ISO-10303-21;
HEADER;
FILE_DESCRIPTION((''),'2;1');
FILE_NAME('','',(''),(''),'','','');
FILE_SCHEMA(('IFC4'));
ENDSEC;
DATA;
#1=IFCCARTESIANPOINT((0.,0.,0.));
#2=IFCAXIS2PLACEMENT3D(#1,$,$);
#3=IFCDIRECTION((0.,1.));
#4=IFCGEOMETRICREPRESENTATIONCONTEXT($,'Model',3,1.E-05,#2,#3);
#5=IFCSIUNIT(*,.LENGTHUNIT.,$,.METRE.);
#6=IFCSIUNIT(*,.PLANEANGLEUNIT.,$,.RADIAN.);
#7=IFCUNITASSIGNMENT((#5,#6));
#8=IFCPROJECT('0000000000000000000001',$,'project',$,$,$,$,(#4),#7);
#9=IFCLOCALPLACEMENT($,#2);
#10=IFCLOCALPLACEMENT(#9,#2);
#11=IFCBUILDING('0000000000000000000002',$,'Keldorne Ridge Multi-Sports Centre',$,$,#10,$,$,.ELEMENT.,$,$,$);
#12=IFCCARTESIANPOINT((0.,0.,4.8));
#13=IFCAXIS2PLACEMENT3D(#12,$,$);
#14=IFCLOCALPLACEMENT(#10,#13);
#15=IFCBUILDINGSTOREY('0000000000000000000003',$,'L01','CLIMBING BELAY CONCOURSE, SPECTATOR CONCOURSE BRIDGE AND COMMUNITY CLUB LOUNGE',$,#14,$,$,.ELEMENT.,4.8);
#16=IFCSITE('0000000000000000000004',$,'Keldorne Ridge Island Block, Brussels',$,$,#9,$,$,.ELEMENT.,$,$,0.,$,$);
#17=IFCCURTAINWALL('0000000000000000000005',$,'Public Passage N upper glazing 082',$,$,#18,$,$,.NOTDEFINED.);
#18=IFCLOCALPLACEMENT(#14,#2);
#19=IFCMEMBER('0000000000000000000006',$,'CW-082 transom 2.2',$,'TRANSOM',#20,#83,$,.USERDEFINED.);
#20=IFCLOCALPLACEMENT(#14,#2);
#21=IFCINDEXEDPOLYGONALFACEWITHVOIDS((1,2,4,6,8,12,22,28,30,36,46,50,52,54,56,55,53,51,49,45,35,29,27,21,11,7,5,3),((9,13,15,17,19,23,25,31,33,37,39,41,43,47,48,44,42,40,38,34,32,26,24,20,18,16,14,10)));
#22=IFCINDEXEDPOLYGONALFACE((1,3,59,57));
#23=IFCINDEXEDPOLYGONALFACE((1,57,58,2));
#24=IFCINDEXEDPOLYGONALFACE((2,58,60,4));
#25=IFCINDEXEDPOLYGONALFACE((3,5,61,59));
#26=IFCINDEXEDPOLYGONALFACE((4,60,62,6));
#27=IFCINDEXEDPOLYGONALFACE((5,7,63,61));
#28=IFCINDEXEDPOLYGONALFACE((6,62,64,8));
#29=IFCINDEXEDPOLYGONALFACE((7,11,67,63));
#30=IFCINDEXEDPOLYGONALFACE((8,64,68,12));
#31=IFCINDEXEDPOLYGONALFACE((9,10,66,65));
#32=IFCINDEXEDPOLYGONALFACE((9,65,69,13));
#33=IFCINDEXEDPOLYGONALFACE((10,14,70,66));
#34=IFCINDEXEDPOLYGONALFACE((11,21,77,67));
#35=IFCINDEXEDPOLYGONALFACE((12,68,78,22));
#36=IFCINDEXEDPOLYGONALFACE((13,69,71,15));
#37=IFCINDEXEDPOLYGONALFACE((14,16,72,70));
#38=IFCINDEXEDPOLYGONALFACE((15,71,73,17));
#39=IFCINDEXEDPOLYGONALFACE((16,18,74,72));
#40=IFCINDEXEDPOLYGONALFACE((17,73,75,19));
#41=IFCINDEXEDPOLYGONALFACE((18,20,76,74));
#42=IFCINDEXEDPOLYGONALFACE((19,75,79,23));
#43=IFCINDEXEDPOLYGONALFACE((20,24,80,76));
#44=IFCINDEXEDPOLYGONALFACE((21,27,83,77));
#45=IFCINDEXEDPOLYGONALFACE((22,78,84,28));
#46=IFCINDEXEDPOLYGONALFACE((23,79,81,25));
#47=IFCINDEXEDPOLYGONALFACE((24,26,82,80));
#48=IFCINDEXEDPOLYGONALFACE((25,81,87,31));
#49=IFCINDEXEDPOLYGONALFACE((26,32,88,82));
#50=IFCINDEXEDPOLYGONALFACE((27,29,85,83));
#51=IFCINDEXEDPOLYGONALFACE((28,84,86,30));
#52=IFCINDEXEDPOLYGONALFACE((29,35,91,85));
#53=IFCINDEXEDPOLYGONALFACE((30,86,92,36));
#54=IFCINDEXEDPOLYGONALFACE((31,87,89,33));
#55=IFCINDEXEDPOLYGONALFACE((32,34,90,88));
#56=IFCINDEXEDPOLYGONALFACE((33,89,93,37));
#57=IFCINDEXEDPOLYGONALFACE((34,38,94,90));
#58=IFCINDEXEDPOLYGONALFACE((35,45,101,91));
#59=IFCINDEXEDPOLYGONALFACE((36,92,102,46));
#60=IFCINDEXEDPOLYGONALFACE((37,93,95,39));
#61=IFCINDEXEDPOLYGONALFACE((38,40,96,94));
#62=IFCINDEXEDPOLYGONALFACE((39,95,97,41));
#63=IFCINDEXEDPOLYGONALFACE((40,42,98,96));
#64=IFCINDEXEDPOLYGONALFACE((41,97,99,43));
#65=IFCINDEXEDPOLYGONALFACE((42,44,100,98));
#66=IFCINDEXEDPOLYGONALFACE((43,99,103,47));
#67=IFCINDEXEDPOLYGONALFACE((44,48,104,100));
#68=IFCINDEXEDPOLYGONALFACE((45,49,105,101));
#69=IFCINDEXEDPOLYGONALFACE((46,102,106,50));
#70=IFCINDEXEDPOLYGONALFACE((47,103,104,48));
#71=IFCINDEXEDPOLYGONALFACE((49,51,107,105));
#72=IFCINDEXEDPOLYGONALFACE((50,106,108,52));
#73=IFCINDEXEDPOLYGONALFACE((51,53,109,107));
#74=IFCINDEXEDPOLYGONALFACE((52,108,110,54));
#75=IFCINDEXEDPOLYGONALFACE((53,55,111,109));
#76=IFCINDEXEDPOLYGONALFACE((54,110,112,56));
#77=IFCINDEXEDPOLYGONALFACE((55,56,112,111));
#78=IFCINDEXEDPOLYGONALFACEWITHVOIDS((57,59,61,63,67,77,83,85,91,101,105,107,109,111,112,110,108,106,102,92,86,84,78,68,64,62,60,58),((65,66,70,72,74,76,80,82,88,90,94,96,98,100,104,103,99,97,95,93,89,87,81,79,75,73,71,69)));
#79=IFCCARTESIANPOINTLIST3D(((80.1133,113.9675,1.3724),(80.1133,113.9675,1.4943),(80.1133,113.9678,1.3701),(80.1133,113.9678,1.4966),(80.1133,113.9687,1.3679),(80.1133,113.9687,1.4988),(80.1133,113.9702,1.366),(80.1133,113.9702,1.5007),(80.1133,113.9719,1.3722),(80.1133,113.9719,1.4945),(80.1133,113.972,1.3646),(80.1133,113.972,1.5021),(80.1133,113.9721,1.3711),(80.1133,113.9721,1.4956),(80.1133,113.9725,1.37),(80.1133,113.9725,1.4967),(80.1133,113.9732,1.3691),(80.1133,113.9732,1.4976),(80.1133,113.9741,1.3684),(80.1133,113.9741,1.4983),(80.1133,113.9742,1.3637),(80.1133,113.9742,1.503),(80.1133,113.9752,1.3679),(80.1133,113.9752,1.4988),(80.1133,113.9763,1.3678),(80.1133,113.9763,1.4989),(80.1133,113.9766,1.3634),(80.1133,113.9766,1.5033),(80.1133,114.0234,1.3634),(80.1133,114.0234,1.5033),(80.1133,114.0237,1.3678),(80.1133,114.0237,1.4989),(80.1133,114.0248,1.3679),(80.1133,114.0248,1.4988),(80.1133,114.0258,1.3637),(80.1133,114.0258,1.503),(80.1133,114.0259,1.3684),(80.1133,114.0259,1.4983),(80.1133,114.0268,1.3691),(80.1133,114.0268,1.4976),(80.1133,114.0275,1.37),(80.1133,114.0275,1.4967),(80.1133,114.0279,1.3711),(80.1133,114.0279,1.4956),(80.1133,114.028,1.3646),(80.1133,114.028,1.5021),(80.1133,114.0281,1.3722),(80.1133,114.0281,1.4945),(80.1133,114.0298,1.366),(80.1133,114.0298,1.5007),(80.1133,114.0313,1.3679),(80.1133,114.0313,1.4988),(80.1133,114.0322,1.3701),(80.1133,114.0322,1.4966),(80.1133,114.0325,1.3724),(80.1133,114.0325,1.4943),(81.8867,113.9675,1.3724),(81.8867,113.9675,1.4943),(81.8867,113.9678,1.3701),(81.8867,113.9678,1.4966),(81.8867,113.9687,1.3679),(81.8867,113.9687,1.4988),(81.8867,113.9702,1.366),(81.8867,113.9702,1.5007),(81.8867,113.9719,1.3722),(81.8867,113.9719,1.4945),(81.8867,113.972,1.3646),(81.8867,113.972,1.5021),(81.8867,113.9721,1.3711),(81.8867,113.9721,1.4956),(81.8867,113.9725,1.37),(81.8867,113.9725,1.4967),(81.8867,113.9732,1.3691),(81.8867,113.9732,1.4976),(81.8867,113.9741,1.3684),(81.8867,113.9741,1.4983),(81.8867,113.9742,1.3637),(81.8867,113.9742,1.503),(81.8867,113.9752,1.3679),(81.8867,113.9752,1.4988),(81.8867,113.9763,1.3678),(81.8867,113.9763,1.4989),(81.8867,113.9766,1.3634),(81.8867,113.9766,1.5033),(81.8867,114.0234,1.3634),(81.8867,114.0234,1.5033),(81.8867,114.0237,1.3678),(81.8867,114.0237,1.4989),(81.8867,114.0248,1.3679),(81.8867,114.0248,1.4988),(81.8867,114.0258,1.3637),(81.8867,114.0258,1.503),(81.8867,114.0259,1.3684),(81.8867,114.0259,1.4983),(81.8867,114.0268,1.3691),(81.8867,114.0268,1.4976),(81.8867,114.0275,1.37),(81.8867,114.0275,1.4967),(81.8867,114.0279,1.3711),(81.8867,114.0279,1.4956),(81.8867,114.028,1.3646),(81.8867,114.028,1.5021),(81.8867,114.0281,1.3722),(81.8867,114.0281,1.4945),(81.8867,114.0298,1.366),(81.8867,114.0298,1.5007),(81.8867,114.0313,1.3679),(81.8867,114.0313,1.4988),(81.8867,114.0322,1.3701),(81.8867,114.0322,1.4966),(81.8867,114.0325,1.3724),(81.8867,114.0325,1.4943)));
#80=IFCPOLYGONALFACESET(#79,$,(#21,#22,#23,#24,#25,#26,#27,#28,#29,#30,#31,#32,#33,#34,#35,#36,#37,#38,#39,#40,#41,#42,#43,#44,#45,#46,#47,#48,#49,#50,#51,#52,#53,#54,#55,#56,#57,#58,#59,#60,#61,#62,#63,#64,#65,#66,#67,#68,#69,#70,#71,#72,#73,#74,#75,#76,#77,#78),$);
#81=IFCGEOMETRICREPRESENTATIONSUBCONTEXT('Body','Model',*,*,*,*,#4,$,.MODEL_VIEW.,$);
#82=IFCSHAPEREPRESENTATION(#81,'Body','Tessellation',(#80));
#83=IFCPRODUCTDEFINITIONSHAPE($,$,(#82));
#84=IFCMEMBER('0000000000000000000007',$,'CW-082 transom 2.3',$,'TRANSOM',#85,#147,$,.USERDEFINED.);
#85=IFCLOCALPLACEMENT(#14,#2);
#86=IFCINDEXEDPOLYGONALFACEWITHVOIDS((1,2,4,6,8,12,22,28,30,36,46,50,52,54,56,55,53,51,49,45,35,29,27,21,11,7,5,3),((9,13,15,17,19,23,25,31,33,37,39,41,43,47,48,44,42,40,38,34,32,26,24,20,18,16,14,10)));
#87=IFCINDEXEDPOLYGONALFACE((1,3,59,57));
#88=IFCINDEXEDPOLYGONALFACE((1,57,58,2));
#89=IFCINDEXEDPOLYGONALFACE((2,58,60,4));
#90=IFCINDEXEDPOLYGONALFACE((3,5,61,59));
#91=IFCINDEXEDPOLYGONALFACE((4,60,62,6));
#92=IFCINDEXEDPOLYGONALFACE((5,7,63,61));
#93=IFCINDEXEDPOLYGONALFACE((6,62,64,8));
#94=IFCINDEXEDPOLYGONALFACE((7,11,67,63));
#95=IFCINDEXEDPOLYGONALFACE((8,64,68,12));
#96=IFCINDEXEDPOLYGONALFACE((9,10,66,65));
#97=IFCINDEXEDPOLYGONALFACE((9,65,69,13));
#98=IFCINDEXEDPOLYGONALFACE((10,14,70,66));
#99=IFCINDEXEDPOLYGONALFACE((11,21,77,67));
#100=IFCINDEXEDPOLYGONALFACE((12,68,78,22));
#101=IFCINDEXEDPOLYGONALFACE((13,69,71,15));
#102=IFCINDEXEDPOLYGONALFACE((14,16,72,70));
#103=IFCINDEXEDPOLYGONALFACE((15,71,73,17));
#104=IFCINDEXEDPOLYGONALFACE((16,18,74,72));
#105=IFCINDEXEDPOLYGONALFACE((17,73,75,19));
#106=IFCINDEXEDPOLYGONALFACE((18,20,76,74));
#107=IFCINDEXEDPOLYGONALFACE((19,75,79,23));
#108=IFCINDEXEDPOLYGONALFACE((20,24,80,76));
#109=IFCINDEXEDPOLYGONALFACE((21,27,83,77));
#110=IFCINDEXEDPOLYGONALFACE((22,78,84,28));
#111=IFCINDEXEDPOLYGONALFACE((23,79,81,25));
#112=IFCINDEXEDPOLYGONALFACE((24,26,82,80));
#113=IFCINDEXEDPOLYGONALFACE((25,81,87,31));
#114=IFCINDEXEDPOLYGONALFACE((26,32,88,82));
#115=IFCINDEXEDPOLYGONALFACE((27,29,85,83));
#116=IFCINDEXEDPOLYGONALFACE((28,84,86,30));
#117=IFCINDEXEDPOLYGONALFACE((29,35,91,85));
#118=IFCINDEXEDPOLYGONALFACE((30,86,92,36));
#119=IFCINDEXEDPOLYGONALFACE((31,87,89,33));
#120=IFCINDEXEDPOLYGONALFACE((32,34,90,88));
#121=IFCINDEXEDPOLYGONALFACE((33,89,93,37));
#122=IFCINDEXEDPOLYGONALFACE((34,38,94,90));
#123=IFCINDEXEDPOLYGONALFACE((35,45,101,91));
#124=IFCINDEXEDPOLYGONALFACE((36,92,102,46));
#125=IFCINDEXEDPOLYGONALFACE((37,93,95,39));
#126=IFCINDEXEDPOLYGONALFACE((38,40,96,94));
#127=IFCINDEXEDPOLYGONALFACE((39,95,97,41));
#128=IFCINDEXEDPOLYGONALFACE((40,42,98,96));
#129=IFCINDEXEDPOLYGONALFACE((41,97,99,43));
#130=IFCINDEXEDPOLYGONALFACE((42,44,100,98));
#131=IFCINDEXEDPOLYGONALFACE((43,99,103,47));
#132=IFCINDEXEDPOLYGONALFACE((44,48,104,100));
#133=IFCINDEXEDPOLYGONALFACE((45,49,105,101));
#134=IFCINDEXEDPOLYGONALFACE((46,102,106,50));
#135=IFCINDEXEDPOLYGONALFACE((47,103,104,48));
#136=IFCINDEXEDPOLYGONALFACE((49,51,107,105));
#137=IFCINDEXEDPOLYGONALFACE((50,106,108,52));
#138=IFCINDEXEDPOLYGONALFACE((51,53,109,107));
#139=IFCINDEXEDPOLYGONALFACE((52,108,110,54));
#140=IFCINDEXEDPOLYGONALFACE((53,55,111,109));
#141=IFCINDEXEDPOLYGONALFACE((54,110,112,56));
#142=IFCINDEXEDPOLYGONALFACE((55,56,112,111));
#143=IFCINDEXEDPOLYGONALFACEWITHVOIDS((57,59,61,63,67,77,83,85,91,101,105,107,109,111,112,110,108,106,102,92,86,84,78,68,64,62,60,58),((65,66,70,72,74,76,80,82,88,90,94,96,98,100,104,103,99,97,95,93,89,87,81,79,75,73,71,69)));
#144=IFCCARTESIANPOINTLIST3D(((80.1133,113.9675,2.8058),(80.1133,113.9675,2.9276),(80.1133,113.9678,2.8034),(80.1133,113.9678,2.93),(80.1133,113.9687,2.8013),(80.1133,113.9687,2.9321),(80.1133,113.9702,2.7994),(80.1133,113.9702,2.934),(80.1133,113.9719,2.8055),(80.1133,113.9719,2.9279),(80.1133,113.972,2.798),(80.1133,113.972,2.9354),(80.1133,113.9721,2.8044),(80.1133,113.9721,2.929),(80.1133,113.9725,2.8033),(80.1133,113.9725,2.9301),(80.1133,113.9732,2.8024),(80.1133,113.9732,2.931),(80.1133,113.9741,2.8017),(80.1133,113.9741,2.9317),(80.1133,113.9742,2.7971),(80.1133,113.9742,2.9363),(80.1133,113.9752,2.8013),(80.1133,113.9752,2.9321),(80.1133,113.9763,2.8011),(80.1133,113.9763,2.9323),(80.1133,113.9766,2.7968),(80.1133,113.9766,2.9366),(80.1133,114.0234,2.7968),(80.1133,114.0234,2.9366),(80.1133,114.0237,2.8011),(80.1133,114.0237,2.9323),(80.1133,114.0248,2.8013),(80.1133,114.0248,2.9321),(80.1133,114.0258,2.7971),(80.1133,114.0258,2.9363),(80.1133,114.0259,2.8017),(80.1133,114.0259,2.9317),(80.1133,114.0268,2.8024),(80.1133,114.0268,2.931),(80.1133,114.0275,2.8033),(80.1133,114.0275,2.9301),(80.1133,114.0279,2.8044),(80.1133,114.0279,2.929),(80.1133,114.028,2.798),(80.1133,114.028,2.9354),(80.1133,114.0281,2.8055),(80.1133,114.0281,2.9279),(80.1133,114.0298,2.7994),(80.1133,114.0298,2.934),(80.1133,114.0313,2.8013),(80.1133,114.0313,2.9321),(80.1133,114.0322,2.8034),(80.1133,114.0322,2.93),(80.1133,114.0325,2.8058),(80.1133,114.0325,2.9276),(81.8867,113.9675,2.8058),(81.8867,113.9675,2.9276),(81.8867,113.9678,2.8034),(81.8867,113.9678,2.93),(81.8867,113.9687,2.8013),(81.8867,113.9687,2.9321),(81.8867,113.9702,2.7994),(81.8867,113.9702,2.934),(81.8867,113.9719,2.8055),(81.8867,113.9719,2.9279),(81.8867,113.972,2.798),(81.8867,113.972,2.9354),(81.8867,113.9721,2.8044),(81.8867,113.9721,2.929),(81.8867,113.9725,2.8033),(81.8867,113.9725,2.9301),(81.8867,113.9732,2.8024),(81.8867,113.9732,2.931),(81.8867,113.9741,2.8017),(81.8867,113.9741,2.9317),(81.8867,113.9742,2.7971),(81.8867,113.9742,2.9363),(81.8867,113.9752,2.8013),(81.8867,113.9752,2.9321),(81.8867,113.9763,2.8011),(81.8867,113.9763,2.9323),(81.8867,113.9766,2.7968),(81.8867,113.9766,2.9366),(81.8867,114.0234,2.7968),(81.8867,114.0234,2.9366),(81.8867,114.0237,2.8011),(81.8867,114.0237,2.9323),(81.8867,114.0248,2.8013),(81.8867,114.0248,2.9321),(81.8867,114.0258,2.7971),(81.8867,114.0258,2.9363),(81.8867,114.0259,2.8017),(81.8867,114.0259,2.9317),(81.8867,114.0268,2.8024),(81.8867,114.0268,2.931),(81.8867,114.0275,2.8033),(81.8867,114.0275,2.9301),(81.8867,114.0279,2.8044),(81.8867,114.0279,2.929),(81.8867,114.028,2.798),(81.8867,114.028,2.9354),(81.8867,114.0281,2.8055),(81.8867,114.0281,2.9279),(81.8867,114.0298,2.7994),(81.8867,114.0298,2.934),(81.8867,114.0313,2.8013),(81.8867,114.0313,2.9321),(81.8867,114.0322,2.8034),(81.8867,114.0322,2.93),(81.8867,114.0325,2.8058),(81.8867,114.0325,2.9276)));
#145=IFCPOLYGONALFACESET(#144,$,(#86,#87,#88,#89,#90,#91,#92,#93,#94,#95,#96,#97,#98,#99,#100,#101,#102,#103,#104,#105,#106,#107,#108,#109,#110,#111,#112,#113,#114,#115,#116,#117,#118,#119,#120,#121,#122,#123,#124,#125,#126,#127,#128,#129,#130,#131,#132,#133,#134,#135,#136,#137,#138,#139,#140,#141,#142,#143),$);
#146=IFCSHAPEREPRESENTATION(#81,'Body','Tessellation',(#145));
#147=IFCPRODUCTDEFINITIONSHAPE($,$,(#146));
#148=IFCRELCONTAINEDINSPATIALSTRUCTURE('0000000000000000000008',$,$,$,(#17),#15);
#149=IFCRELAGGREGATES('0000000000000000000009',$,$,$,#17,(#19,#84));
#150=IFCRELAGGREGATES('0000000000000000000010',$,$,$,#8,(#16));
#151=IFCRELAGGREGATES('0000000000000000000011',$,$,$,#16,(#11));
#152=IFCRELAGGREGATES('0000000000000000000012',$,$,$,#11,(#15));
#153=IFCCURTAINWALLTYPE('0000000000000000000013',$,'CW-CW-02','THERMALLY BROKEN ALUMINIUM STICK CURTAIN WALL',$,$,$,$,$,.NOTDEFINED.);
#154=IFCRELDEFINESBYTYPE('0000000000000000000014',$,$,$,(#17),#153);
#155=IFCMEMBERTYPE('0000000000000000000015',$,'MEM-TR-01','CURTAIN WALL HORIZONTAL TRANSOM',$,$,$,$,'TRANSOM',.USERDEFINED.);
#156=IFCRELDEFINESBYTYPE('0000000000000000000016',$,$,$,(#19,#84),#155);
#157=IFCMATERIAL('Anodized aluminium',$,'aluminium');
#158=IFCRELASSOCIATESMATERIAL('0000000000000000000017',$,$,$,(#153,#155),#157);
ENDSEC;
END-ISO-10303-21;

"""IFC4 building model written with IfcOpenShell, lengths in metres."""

from ifc_helpers import new_model, si_unit, direction, frame, origin, origin_2d, place, context, subcontext, project, spatial, hollow_rectangle, extrude, material, material_profile, profile_set, type_object, element, aggregate, save


model = new_model("IFC4")

# Units and contexts
model_context = context("Model", 3, precision=1e-05, world=origin(), true_north=direction((0.0, 1.0)))
body_context = subcontext(model_context, "Body", "Model", "MODEL_VIEW")
ifc_project = project(units=[si_unit("LENGTHUNIT", "METRE"), si_unit("PLANEANGLEUNIT", "RADIAN")], contexts=[model_context])

# Site, building, storey
site_placement = place(None, origin())
site = spatial("IfcSite", under=ifc_project, at=site_placement, Name="Keldorne Ridge Island Block, Brussels", CompositionType="ELEMENT", RefElevation=0.0)
building_placement = place(site_placement, origin())
building = spatial("IfcBuilding", under=site, at=building_placement, Name="Keldorne Ridge Multi-Sports Centre", CompositionType="ELEMENT")
storey_placement = place(building_placement, frame((0.0, 0.0, 4.8)))
storey = spatial("IfcBuildingStorey", under=building, at=storey_placement, Name="L01", Description="CLIMBING BELAY CONCOURSE, SPECTATOR CONCOURSE BRIDGE AND COMMUNITY CLUB LOUNGE", CompositionType="ELEMENT", Elevation=4.8)

# Curtain wall, members
ifc_material_1 = material(Name="Anodized aluminium", Category="aluminium")
curtain_wall_type = type_object("IfcCurtainWallType", Name="CW-CW-02", Description="THERMALLY BROKEN ALUMINIUM STICK CURTAIN WALL", PredefinedType="NOTDEFINED", material=ifc_material_1)
curtain_wall_placement = place(storey_placement, origin())
curtain_wall = element("IfcCurtainWall", 1, at=curtain_wall_placement, inside=storey, type_object=curtain_wall_type, Name="Public Passage N upper glazing 082", PredefinedType="NOTDEFINED")
ifc_material_profile_1 = material_profile(ifc_material_1, hollow_rectangle(XDim=0.0649, YDim=0.1399, WallThickness=0.0044, InnerFilletRadius=0.0044, OuterFilletRadius=0.009, at=origin_2d()), Name="ALU TRANSOM 140x65x4.5")
ifc_profile_set_1 = profile_set([ifc_material_profile_1], Name="Anodized aluminium")
member_type_1 = type_object("IfcMemberType", Name="MEM-TR-01", Description="CURTAIN WALL HORIZONTAL TRANSOM", ElementType="TRANSOM", PredefinedType="USERDEFINED", material=ifc_profile_set_1)
member_1_placement = place(storey_placement, frame((81.8867, 114.0, 1.4333), z_axis=(-1.0, 0.0, 0.0), x_axis=(0.0, -1.0, 0.0)))
member_1 = element("IfcMember", 2, at=member_1_placement, type_object=member_type_1, Name="CW-082 transom 2.2", ObjectType="TRANSOM", PredefinedType="USERDEFINED", context=body_context, shape_type="SweptSolid", body=[
    extrude(hollow_rectangle(XDim=0.0649, YDim=0.1399, WallThickness=0.0044, InnerFilletRadius=0.0044, OuterFilletRadius=0.009, at=origin_2d()), origin(), (0.0, 0.0, 1.0), 1.7734),
])
member_2_placement = place(storey_placement, frame((81.8867, 114.0, 2.8667), z_axis=(-1.0, 0.0, 0.0), x_axis=(0.0, -1.0, 0.0)))
member_2 = element("IfcMember", 3, at=member_2_placement, type_object=member_type_1, Name="CW-082 transom 2.3", ObjectType="TRANSOM", PredefinedType="USERDEFINED", context=body_context, shape_type="SweptSolid", body=[
    extrude(hollow_rectangle(XDim=0.0649, YDim=0.1399, WallThickness=0.0044, InnerFilletRadius=0.0044, OuterFilletRadius=0.009, at=origin_2d()), origin(), (0.0, 0.0, 1.0), 1.7734),
])
aggregate(curtain_wall, [member_1, member_2])

save(model, "model.ifc")
